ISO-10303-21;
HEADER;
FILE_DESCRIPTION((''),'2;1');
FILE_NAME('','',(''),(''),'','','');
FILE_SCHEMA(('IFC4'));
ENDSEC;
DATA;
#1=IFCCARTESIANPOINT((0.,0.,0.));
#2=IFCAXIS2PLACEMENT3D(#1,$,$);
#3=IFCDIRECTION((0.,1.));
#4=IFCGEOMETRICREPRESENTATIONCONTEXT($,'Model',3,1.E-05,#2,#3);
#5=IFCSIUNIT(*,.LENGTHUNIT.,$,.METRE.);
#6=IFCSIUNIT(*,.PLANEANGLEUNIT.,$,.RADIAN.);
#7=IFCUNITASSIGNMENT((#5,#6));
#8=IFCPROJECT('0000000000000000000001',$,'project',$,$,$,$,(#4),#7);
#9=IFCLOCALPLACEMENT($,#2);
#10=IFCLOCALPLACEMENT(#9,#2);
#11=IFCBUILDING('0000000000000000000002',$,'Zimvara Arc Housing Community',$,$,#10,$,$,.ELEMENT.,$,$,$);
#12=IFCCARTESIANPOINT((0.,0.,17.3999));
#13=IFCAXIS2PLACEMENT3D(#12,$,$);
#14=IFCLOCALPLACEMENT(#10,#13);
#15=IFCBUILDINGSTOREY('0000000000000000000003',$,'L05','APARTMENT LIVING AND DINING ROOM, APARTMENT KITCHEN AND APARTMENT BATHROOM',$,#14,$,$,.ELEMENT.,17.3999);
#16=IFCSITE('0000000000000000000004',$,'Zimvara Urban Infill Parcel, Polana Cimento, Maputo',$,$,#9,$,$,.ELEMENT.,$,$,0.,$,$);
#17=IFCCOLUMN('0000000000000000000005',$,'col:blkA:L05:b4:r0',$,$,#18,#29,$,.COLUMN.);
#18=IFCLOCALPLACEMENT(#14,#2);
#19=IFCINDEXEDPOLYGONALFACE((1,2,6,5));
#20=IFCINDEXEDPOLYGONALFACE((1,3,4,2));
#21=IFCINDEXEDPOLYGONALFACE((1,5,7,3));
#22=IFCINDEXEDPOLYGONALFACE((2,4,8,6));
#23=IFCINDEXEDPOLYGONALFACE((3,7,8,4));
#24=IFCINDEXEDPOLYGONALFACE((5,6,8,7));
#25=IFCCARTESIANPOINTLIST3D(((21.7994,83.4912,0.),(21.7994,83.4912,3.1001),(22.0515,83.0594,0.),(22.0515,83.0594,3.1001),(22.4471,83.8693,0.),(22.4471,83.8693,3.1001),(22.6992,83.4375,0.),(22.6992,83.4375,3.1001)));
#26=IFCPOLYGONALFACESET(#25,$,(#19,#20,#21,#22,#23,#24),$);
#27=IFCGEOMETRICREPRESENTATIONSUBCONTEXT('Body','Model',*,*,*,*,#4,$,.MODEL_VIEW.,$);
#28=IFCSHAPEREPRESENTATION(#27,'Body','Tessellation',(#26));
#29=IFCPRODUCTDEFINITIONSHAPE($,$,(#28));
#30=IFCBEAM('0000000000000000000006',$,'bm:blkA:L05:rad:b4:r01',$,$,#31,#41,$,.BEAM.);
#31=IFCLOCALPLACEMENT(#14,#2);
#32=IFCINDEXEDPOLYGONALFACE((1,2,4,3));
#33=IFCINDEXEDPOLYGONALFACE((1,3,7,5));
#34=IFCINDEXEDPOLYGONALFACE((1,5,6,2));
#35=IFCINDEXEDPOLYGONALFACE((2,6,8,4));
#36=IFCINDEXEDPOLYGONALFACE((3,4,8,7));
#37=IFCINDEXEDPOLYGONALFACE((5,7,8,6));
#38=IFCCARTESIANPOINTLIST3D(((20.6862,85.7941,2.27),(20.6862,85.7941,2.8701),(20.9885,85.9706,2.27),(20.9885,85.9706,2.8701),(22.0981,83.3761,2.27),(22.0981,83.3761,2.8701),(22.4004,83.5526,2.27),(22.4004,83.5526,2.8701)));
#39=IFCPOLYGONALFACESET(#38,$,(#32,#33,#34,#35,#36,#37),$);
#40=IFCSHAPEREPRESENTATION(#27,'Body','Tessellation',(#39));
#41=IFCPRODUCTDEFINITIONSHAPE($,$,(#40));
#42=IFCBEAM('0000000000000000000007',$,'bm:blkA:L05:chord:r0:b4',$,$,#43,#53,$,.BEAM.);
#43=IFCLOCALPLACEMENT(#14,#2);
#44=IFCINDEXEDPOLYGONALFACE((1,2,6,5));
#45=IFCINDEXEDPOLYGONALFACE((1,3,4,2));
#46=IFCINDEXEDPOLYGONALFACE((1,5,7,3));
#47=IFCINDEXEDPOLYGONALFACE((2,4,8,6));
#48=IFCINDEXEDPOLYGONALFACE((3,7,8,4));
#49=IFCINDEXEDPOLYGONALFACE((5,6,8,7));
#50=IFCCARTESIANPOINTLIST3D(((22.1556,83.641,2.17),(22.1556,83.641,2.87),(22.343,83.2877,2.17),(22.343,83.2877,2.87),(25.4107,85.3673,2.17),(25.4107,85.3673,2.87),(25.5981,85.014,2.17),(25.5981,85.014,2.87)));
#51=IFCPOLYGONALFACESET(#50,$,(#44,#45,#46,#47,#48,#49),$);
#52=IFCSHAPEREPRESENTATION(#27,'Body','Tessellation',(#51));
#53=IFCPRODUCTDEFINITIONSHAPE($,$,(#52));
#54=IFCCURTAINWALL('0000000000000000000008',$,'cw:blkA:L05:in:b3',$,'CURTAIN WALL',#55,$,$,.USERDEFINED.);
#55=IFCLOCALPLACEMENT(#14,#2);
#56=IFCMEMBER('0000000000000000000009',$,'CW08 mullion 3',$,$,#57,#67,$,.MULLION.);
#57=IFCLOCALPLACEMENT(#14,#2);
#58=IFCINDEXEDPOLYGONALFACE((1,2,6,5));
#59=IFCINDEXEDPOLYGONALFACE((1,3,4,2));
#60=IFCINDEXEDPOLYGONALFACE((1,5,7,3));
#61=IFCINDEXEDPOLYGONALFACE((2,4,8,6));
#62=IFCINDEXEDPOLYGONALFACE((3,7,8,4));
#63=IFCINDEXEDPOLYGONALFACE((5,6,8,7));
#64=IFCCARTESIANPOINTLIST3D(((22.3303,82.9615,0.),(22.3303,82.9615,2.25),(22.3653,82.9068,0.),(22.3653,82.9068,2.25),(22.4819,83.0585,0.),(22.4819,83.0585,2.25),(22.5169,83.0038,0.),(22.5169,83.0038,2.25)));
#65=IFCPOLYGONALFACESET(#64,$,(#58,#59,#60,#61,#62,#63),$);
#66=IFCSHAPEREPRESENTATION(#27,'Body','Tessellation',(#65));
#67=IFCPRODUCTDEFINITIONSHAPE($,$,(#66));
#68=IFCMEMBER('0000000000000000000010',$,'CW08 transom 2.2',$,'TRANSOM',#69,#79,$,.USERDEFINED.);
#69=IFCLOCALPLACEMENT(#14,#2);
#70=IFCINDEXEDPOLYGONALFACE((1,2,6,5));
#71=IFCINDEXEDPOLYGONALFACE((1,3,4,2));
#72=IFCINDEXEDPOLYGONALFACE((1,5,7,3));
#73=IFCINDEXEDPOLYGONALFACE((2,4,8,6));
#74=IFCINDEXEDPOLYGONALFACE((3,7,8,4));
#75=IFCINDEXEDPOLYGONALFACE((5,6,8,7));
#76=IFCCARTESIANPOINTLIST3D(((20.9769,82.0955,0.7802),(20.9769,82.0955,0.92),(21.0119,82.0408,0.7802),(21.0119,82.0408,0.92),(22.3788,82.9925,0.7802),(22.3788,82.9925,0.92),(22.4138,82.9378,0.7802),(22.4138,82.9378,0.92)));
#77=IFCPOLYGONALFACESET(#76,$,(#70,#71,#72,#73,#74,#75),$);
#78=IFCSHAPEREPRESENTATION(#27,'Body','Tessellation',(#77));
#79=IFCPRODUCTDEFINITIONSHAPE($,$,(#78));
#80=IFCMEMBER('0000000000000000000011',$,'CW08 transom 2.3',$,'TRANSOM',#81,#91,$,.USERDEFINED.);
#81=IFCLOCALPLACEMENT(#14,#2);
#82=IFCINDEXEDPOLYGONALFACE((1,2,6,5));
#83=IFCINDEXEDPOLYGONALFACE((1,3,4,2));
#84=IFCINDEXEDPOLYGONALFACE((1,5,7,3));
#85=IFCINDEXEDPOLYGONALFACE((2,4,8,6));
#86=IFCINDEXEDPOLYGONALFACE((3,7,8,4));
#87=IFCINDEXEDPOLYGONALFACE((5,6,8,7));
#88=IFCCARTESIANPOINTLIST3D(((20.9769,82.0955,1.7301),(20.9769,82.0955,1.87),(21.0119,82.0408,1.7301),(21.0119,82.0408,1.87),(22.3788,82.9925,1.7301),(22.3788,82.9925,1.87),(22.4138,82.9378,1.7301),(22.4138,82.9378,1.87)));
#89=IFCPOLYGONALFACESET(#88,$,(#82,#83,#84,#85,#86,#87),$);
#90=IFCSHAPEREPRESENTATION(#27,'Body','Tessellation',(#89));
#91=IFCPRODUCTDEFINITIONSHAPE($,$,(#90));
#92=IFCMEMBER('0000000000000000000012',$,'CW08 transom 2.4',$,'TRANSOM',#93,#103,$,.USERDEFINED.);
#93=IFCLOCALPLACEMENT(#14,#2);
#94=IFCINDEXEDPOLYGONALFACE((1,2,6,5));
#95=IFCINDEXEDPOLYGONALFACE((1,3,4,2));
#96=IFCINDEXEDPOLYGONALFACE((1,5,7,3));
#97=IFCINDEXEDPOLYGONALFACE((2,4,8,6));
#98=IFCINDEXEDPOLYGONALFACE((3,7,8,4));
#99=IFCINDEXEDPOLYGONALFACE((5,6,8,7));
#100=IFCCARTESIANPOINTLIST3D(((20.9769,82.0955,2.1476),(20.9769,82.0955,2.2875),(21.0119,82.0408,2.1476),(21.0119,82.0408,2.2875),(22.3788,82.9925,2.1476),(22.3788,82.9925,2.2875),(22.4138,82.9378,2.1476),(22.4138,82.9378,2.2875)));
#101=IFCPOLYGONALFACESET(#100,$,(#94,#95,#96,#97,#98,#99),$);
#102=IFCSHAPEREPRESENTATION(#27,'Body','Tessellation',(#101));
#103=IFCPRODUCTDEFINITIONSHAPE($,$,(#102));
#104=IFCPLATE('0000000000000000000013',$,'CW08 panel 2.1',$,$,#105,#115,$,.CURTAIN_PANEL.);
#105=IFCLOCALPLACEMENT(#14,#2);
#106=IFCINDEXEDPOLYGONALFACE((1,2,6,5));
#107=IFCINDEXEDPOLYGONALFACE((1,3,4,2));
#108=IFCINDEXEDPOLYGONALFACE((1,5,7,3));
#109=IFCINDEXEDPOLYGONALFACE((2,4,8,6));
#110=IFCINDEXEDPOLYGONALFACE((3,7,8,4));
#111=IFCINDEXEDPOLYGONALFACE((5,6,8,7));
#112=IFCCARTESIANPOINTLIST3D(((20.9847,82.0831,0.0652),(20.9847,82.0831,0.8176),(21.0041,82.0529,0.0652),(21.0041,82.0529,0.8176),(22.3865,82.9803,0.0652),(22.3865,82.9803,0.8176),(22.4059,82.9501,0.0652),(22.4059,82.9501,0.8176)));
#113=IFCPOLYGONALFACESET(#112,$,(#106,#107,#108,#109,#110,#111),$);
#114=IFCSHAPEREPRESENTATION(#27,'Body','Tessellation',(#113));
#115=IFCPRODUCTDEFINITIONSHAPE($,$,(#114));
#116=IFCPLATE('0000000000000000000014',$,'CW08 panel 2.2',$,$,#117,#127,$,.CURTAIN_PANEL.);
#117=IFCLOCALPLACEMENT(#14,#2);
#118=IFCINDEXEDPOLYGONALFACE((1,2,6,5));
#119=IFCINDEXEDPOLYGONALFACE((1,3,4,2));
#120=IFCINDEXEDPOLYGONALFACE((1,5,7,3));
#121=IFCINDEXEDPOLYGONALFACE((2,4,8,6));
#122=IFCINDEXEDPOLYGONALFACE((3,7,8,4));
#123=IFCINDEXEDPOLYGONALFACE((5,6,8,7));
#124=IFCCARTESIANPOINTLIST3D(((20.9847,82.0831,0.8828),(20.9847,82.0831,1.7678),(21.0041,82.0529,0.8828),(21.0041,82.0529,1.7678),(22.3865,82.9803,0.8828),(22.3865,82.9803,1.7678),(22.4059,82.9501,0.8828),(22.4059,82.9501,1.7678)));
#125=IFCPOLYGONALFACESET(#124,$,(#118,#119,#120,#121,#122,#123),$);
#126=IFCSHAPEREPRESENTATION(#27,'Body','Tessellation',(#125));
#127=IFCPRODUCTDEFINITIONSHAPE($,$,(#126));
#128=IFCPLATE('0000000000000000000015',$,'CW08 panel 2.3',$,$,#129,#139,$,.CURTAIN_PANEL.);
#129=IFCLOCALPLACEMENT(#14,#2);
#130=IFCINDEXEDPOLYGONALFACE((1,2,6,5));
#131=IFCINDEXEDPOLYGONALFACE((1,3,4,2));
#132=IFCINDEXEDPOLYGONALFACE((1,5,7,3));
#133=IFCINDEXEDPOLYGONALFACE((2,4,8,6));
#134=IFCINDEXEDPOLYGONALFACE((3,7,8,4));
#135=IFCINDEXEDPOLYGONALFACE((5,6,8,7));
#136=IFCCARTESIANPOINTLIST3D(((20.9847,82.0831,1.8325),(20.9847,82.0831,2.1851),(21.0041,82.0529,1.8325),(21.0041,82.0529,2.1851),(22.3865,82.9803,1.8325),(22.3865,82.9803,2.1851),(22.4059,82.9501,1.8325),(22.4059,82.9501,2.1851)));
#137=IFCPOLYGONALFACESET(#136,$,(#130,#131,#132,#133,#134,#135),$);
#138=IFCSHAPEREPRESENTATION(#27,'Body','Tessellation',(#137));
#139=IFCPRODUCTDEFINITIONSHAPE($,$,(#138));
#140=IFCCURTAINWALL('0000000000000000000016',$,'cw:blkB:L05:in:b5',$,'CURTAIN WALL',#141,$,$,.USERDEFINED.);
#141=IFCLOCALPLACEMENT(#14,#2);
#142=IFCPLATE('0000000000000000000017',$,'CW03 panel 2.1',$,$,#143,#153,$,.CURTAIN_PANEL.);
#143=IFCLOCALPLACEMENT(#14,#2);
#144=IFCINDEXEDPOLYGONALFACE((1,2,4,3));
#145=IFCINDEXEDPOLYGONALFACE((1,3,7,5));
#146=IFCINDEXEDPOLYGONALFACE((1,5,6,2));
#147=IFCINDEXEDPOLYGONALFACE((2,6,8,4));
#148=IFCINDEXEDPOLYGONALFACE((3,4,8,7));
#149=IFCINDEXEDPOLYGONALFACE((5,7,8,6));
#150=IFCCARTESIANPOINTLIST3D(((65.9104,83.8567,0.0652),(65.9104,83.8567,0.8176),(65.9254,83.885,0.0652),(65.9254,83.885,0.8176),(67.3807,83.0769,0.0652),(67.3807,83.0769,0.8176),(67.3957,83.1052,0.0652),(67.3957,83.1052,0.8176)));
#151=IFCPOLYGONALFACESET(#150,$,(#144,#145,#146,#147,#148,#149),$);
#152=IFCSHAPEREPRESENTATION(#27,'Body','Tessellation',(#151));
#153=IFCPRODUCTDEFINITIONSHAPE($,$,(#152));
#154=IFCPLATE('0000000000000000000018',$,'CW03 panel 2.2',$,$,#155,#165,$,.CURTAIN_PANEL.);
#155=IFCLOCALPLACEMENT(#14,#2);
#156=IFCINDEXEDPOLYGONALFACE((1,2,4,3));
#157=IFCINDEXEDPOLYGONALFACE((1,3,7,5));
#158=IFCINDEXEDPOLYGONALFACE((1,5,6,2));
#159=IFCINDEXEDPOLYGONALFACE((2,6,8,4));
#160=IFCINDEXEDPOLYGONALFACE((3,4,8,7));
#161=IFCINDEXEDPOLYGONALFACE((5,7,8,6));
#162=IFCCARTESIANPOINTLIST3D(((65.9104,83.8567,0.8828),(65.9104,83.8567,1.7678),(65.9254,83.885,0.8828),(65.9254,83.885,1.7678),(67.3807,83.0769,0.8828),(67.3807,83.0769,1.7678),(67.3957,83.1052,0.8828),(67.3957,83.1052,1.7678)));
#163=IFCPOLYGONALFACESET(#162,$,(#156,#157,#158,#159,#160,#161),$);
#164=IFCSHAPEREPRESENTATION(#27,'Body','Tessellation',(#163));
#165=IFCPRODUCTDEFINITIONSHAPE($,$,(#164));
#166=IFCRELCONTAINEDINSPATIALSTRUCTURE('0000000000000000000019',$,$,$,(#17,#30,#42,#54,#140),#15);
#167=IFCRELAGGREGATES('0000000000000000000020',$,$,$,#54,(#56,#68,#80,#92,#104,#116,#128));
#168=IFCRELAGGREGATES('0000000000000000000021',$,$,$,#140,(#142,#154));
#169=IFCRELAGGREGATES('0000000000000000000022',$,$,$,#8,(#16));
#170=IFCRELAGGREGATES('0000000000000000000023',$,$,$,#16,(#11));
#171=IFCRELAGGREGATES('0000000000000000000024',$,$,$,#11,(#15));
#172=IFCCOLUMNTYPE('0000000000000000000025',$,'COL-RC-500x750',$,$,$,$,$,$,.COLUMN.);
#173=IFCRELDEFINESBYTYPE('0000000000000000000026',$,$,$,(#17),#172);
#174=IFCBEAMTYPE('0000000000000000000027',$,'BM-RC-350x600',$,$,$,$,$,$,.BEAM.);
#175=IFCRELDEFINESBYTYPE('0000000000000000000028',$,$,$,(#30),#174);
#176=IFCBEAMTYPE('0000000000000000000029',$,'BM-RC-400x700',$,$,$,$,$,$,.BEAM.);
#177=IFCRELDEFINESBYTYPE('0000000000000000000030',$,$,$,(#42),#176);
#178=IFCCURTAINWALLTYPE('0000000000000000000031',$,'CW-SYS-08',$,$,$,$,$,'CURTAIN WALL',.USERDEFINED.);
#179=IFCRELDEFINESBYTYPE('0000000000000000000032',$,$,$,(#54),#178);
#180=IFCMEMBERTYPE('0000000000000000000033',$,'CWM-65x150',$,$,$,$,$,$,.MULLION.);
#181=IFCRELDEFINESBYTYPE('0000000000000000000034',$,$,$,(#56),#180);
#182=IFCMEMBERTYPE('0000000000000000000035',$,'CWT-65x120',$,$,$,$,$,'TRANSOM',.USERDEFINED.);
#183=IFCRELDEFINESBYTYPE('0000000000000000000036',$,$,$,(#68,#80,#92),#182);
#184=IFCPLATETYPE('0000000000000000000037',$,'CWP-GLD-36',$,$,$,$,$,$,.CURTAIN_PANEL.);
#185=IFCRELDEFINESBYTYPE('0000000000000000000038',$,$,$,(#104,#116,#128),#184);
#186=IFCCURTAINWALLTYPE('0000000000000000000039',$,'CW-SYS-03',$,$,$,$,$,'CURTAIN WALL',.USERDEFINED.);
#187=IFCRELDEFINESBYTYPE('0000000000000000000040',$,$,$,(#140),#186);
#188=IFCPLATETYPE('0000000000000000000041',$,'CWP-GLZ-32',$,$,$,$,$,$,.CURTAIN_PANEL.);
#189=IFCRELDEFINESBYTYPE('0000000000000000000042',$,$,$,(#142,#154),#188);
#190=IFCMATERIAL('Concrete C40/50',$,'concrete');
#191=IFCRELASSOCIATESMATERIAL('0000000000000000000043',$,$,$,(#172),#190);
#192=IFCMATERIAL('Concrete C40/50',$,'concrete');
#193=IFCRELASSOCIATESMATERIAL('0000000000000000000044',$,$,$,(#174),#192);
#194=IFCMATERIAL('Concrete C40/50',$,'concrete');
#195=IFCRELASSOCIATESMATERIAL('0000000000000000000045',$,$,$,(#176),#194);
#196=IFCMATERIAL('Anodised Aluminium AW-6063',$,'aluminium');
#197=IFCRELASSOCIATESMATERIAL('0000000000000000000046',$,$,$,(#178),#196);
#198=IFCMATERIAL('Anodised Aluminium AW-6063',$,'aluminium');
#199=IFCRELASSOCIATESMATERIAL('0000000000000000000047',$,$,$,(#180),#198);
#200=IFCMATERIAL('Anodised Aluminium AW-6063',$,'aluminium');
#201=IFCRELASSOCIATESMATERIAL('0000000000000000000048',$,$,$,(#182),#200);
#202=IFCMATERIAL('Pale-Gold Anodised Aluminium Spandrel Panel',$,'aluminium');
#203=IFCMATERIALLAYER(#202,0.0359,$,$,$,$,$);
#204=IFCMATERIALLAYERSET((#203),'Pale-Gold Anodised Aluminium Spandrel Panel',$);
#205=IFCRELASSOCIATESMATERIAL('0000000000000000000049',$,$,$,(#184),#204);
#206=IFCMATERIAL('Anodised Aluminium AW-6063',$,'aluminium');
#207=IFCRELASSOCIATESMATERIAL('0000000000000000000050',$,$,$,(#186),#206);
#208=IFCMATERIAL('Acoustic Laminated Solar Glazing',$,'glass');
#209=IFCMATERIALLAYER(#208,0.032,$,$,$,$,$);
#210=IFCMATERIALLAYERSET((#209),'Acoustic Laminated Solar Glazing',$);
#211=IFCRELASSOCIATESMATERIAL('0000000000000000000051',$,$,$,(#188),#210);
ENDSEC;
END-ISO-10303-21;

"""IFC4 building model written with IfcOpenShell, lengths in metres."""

from ifc_helpers import new_model, si_unit, direction, frame, origin, origin_2d, place, context, subcontext, project, spatial, rectangle, extrude, material, layer, layer_set, material_profile, profile_set, type_object, element, aggregate, save


model = new_model("IFC4")

# Units and contexts
model_context = context("Model", 3, precision=1e-05, world=origin(), true_north=direction((0.0, 1.0)))
body_context = subcontext(model_context, "Body", "Model", "MODEL_VIEW")
ifc_project = project(units=[si_unit("LENGTHUNIT", "METRE"), si_unit("PLANEANGLEUNIT", "RADIAN")], contexts=[model_context])

# Site, building, storey
site_placement = place(None, origin())
site = spatial("IfcSite", under=ifc_project, at=site_placement, Name="Zimvara Urban Infill Parcel, Polana Cimento, Maputo", CompositionType="ELEMENT", RefElevation=0.0)
building_placement = place(site_placement, origin())
building = spatial("IfcBuilding", under=site, at=building_placement, Name="Zimvara Arc Housing Community", CompositionType="ELEMENT")
storey_placement = place(building_placement, frame((0.0, 0.0, 17.3999)))
storey = spatial("IfcBuildingStorey", under=building, at=storey_placement, Name="L05", Description="APARTMENT LIVING AND DINING ROOM, APARTMENT KITCHEN AND APARTMENT BATHROOM", CompositionType="ELEMENT", Elevation=17.3999)

# Column
ifc_material_1 = material(Name="Concrete C40/50", Category="concrete")
ifc_material_profile_1 = material_profile(ifc_material_1, rectangle(XDim=0.5, YDim=0.75, at=origin_2d()), Name="RC 500x750")
ifc_profile_set_1 = profile_set([ifc_material_profile_1], Name="Concrete C40/50")
column_type = type_object("IfcColumnType", Name="COL-RC-500x750", PredefinedType="COLUMN", material=ifc_profile_set_1)
column_placement = place(storey_placement, frame((22.2493, 83.4644, 0.0), z_axis=(0.0, 0.0, 1.0), x_axis=(-0.504226, 0.863572, 0.0)))
element("IfcColumn", 1, at=column_placement, inside=storey, type_object=column_type, Name="col:blkA:L05:b4:r0", PredefinedType="COLUMN", context=body_context, shape_type="SweptSolid", body=[
    extrude(rectangle(XDim=0.5, YDim=0.75, at=origin_2d()), origin(), (0.0, 0.0, 1.0), 3.1001),
])

# Beams
ifc_material_2 = material(Name="Concrete C40/50", Category="concrete")
ifc_material_profile_2 = material_profile(ifc_material_2, rectangle(XDim=0.3501, YDim=0.6001, at=origin_2d()), Name="RC 350x600")
ifc_profile_set_2 = profile_set([ifc_material_profile_2], Name="Concrete C40/50")
beam_type_1 = type_object("IfcBeamType", Name="BM-RC-350x600", PredefinedType="BEAM", material=ifc_profile_set_2)
beam_1_placement = place(storey_placement, frame((22.2493, 83.4644, 2.5701), z_axis=(-0.50424, 0.863564, 0.0), x_axis=(-0.863564, -0.50424, 0.0)))
element("IfcBeam", 2, at=beam_1_placement, inside=storey, type_object=beam_type_1, Name="bm:blkA:L05:rad:b4:r01", PredefinedType="BEAM", context=body_context, shape_type="SweptSolid", body=[
    extrude(rectangle(XDim=0.3501, YDim=0.6001, at=origin_2d()), origin(), (0.0, 0.0, 1.0), 2.8),
])
ifc_material_3 = material(Name="Concrete C40/50", Category="concrete")
ifc_material_profile_3 = material_profile(ifc_material_3, rectangle(XDim=0.3999, YDim=0.7, at=origin_2d()), Name="RC 400x700")
ifc_profile_set_3 = profile_set([ifc_material_profile_3], Name="Concrete C40/50")
beam_type_2 = type_object("IfcBeamType", Name="BM-RC-400x700", PredefinedType="BEAM", material=ifc_profile_set_3)
beam_2_placement = place(storey_placement, frame((22.2493, 83.4644, 2.52), z_axis=(0.883449, 0.468527, 0.0), x_axis=(-0.468527, 0.883449, 0.0)))
element("IfcBeam", 3, at=beam_2_placement, inside=storey, type_object=beam_type_2, Name="bm:blkA:L05:chord:r0:b4", PredefinedType="BEAM", context=body_context, shape_type="SweptSolid", body=[
    extrude(rectangle(XDim=0.3999, YDim=0.7, at=origin_2d()), origin(), (0.0, 0.0, 1.0), 3.6846),
])

# Curtain wall, members, plates
ifc_material_4 = material(Name="Anodised Aluminium AW-6063", Category="aluminium")
curtain_wall_type_1 = type_object("IfcCurtainWallType", Name="CW-SYS-08", ElementType="CURTAIN WALL", PredefinedType="USERDEFINED", material=ifc_material_4)
curtain_wall_1_placement = place(storey_placement, origin())
curtain_wall_1 = element("IfcCurtainWall", 4, at=curtain_wall_1_placement, inside=storey, type_object=curtain_wall_type_1, Name="cw:blkA:L05:in:b3", ObjectType="CURTAIN WALL", PredefinedType="USERDEFINED")
ifc_material_5 = material(Name="Anodised Aluminium AW-6063", Category="aluminium")
ifc_material_profile_4 = material_profile(ifc_material_5, rectangle(XDim=0.0649, YDim=0.1799, at=origin_2d()), Name="ALU 65x180")
ifc_profile_set_4 = profile_set([ifc_material_profile_4], Name="Anodised Aluminium AW-6063")
member_type_1 = type_object("IfcMemberType", Name="CWM-65x150", PredefinedType="MULLION", material=ifc_profile_set_4)
member_1_placement = place(storey_placement, frame((22.4236, 82.9827, 0.0), z_axis=(0.0, 0.0, 1.0), x_axis=(-0.539064, 0.842265, 0.0)))
member_1 = element("IfcMember", 5, at=member_1_placement, type_object=member_type_1, Name="CW08 mullion 3", PredefinedType="MULLION", context=body_context, shape_type="SweptSolid", body=[
    extrude(rectangle(XDim=0.0649, YDim=0.1799, at=origin_2d()), origin(), (0.0, 0.0, 1.0), 2.25),
])
ifc_material_6 = material(Name="Anodised Aluminium AW-6063", Category="aluminium")
ifc_material_profile_5 = material_profile(ifc_material_6, rectangle(XDim=0.0649, YDim=0.1399, at=origin_2d()), Name="ALU 65x140")
ifc_profile_set_5 = profile_set([ifc_material_profile_5], Name="Anodised Aluminium AW-6063")
member_type_2 = type_object("IfcMemberType", Name="CWT-65x120", ElementType="TRANSOM", PredefinedType="USERDEFINED", material=ifc_profile_set_5)
member_2_placement = place(storey_placement, frame((20.9944, 82.0681, 0.8501), z_axis=(0.84233, 0.538962, 0.0), x_axis=(-0.538962, 0.84233, 0.0)))
member_2 = element("IfcMember", 6, at=member_2_placement, type_object=member_type_2, Name="CW08 transom 2.2", ObjectType="TRANSOM", PredefinedType="USERDEFINED", context=body_context, shape_type="SweptSolid", body=[
    extrude(rectangle(XDim=0.0649, YDim=0.1399, at=origin_2d()), origin(), (0.0, 0.0, 1.0), 1.6643),
])
member_3_placement = place(storey_placement, frame((20.9944, 82.0681, 1.8), z_axis=(0.84233, 0.538962, 0.0), x_axis=(-0.538962, 0.84233, 0.0)))
member_3 = element("IfcMember", 7, at=member_3_placement, type_object=member_type_2, Name="CW08 transom 2.3", ObjectType="TRANSOM", PredefinedType="USERDEFINED", context=body_context, shape_type="SweptSolid", body=[
    extrude(rectangle(XDim=0.0649, YDim=0.1399, at=origin_2d()), origin(), (0.0, 0.0, 1.0), 1.6643),
])
member_4_placement = place(storey_placement, frame((20.9944, 82.0681, 2.2175), z_axis=(0.84233, 0.538962, 0.0), x_axis=(-0.538962, 0.84233, 0.0)))
member_4 = element("IfcMember", 8, at=member_4_placement, type_object=member_type_2, Name="CW08 transom 2.4", ObjectType="TRANSOM", PredefinedType="USERDEFINED", context=body_context, shape_type="SweptSolid", body=[
    extrude(rectangle(XDim=0.0649, YDim=0.1399, at=origin_2d()), origin(), (0.0, 0.0, 1.0), 1.6643),
])
ifc_material_7 = material(Name="Pale-Gold Anodised Aluminium Spandrel Panel", Category="aluminium")
ifc_layer_1 = layer(ifc_material_7, 0.0359)
ifc_layer_set_1 = layer_set([ifc_layer_1], Name="Pale-Gold Anodised Aluminium Spandrel Panel")
plate_type_1 = type_object("IfcPlateType", Name="CWP-GLD-36", PredefinedType="CURTAIN_PANEL", material=ifc_layer_set_1)
plate_1_placement = place(storey_placement, frame((21.6953, 82.5166, 0.0652), z_axis=(0.0, 0.0, 1.0), x_axis=(0.842265, 0.539064, 0.0)))
plate_1 = element("IfcPlate", 9, at=plate_1_placement, type_object=plate_type_1, Name="CW08 panel 2.1", PredefinedType="CURTAIN_PANEL", context=body_context, shape_type="SweptSolid", body=[
    extrude(rectangle(XDim=1.6643, YDim=0.0359, at=origin_2d()), origin(), (0.0, 0.0, 1.0), 0.7524),
])
plate_2_placement = place(storey_placement, frame((21.6953, 82.5166, 0.8828), z_axis=(0.0, 0.0, 1.0), x_axis=(0.842265, 0.539064, 0.0)))
plate_2 = element("IfcPlate", 10, at=plate_2_placement, type_object=plate_type_1, Name="CW08 panel 2.2", PredefinedType="CURTAIN_PANEL", context=body_context, shape_type="SweptSolid", body=[
    extrude(rectangle(XDim=1.6643, YDim=0.0359, at=origin_2d()), origin(), (0.0, 0.0, 1.0), 0.885),
])
plate_3_placement = place(storey_placement, frame((21.6953, 82.5166, 1.8325), z_axis=(0.0, 0.0, 1.0), x_axis=(0.842265, 0.539064, 0.0)))
plate_3 = element("IfcPlate", 11, at=plate_3_placement, type_object=plate_type_1, Name="CW08 panel 2.3", PredefinedType="CURTAIN_PANEL", context=body_context, shape_type="SweptSolid", body=[
    extrude(rectangle(XDim=1.6643, YDim=0.0359, at=origin_2d()), origin(), (0.0, 0.0, 1.0), 0.3525),
])
aggregate(curtain_wall_1, [member_1, member_2, member_3, member_4, plate_1, plate_2, plate_3])

# Curtain wall, plates
ifc_material_8 = material(Name="Anodised Aluminium AW-6063", Category="aluminium")
curtain_wall_type_2 = type_object("IfcCurtainWallType", Name="CW-SYS-03", ElementType="CURTAIN WALL", PredefinedType="USERDEFINED", material=ifc_material_8)
curtain_wall_2_placement = place(storey_placement, origin())
curtain_wall_2 = element("IfcCurtainWall", 12, at=curtain_wall_2_placement, inside=storey, type_object=curtain_wall_type_2, Name="cw:blkB:L05:in:b5", ObjectType="CURTAIN WALL", PredefinedType="USERDEFINED")
ifc_material_9 = material(Name="Acoustic Laminated Solar Glazing", Category="glass")
ifc_layer_2 = layer(ifc_material_9, 0.032)
ifc_layer_set_2 = layer_set([ifc_layer_2], Name="Acoustic Laminated Solar Glazing")
plate_type_2 = type_object("IfcPlateType", Name="CWP-GLZ-32", PredefinedType="CURTAIN_PANEL", material=ifc_layer_set_2)
plate_4_placement = place(storey_placement, frame((66.6531, 83.481, 0.0652), z_axis=(0.0, 0.0, 1.0), x_axis=(0.88344, -0.468545, 0.0)))
plate_4 = element("IfcPlate", 13, at=plate_4_placement, type_object=plate_type_2, Name="CW03 panel 2.1", PredefinedType="CURTAIN_PANEL", context=body_context, shape_type="SweptSolid", body=[
    extrude(rectangle(XDim=1.6643, YDim=0.032, at=origin_2d()), origin(), (0.0, 0.0, 1.0), 0.7524),
])
plate_5_placement = place(storey_placement, frame((66.6531, 83.481, 0.8828), z_axis=(0.0, 0.0, 1.0), x_axis=(0.88344, -0.468545, 0.0)))
plate_5 = element("IfcPlate", 14, at=plate_5_placement, type_object=plate_type_2, Name="CW03 panel 2.2", PredefinedType="CURTAIN_PANEL", context=body_context, shape_type="SweptSolid", body=[
    extrude(rectangle(XDim=1.6643, YDim=0.032, at=origin_2d()), origin(), (0.0, 0.0, 1.0), 0.885),
])
aggregate(curtain_wall_2, [plate_4, plate_5])

save(model, "model.ifc")
